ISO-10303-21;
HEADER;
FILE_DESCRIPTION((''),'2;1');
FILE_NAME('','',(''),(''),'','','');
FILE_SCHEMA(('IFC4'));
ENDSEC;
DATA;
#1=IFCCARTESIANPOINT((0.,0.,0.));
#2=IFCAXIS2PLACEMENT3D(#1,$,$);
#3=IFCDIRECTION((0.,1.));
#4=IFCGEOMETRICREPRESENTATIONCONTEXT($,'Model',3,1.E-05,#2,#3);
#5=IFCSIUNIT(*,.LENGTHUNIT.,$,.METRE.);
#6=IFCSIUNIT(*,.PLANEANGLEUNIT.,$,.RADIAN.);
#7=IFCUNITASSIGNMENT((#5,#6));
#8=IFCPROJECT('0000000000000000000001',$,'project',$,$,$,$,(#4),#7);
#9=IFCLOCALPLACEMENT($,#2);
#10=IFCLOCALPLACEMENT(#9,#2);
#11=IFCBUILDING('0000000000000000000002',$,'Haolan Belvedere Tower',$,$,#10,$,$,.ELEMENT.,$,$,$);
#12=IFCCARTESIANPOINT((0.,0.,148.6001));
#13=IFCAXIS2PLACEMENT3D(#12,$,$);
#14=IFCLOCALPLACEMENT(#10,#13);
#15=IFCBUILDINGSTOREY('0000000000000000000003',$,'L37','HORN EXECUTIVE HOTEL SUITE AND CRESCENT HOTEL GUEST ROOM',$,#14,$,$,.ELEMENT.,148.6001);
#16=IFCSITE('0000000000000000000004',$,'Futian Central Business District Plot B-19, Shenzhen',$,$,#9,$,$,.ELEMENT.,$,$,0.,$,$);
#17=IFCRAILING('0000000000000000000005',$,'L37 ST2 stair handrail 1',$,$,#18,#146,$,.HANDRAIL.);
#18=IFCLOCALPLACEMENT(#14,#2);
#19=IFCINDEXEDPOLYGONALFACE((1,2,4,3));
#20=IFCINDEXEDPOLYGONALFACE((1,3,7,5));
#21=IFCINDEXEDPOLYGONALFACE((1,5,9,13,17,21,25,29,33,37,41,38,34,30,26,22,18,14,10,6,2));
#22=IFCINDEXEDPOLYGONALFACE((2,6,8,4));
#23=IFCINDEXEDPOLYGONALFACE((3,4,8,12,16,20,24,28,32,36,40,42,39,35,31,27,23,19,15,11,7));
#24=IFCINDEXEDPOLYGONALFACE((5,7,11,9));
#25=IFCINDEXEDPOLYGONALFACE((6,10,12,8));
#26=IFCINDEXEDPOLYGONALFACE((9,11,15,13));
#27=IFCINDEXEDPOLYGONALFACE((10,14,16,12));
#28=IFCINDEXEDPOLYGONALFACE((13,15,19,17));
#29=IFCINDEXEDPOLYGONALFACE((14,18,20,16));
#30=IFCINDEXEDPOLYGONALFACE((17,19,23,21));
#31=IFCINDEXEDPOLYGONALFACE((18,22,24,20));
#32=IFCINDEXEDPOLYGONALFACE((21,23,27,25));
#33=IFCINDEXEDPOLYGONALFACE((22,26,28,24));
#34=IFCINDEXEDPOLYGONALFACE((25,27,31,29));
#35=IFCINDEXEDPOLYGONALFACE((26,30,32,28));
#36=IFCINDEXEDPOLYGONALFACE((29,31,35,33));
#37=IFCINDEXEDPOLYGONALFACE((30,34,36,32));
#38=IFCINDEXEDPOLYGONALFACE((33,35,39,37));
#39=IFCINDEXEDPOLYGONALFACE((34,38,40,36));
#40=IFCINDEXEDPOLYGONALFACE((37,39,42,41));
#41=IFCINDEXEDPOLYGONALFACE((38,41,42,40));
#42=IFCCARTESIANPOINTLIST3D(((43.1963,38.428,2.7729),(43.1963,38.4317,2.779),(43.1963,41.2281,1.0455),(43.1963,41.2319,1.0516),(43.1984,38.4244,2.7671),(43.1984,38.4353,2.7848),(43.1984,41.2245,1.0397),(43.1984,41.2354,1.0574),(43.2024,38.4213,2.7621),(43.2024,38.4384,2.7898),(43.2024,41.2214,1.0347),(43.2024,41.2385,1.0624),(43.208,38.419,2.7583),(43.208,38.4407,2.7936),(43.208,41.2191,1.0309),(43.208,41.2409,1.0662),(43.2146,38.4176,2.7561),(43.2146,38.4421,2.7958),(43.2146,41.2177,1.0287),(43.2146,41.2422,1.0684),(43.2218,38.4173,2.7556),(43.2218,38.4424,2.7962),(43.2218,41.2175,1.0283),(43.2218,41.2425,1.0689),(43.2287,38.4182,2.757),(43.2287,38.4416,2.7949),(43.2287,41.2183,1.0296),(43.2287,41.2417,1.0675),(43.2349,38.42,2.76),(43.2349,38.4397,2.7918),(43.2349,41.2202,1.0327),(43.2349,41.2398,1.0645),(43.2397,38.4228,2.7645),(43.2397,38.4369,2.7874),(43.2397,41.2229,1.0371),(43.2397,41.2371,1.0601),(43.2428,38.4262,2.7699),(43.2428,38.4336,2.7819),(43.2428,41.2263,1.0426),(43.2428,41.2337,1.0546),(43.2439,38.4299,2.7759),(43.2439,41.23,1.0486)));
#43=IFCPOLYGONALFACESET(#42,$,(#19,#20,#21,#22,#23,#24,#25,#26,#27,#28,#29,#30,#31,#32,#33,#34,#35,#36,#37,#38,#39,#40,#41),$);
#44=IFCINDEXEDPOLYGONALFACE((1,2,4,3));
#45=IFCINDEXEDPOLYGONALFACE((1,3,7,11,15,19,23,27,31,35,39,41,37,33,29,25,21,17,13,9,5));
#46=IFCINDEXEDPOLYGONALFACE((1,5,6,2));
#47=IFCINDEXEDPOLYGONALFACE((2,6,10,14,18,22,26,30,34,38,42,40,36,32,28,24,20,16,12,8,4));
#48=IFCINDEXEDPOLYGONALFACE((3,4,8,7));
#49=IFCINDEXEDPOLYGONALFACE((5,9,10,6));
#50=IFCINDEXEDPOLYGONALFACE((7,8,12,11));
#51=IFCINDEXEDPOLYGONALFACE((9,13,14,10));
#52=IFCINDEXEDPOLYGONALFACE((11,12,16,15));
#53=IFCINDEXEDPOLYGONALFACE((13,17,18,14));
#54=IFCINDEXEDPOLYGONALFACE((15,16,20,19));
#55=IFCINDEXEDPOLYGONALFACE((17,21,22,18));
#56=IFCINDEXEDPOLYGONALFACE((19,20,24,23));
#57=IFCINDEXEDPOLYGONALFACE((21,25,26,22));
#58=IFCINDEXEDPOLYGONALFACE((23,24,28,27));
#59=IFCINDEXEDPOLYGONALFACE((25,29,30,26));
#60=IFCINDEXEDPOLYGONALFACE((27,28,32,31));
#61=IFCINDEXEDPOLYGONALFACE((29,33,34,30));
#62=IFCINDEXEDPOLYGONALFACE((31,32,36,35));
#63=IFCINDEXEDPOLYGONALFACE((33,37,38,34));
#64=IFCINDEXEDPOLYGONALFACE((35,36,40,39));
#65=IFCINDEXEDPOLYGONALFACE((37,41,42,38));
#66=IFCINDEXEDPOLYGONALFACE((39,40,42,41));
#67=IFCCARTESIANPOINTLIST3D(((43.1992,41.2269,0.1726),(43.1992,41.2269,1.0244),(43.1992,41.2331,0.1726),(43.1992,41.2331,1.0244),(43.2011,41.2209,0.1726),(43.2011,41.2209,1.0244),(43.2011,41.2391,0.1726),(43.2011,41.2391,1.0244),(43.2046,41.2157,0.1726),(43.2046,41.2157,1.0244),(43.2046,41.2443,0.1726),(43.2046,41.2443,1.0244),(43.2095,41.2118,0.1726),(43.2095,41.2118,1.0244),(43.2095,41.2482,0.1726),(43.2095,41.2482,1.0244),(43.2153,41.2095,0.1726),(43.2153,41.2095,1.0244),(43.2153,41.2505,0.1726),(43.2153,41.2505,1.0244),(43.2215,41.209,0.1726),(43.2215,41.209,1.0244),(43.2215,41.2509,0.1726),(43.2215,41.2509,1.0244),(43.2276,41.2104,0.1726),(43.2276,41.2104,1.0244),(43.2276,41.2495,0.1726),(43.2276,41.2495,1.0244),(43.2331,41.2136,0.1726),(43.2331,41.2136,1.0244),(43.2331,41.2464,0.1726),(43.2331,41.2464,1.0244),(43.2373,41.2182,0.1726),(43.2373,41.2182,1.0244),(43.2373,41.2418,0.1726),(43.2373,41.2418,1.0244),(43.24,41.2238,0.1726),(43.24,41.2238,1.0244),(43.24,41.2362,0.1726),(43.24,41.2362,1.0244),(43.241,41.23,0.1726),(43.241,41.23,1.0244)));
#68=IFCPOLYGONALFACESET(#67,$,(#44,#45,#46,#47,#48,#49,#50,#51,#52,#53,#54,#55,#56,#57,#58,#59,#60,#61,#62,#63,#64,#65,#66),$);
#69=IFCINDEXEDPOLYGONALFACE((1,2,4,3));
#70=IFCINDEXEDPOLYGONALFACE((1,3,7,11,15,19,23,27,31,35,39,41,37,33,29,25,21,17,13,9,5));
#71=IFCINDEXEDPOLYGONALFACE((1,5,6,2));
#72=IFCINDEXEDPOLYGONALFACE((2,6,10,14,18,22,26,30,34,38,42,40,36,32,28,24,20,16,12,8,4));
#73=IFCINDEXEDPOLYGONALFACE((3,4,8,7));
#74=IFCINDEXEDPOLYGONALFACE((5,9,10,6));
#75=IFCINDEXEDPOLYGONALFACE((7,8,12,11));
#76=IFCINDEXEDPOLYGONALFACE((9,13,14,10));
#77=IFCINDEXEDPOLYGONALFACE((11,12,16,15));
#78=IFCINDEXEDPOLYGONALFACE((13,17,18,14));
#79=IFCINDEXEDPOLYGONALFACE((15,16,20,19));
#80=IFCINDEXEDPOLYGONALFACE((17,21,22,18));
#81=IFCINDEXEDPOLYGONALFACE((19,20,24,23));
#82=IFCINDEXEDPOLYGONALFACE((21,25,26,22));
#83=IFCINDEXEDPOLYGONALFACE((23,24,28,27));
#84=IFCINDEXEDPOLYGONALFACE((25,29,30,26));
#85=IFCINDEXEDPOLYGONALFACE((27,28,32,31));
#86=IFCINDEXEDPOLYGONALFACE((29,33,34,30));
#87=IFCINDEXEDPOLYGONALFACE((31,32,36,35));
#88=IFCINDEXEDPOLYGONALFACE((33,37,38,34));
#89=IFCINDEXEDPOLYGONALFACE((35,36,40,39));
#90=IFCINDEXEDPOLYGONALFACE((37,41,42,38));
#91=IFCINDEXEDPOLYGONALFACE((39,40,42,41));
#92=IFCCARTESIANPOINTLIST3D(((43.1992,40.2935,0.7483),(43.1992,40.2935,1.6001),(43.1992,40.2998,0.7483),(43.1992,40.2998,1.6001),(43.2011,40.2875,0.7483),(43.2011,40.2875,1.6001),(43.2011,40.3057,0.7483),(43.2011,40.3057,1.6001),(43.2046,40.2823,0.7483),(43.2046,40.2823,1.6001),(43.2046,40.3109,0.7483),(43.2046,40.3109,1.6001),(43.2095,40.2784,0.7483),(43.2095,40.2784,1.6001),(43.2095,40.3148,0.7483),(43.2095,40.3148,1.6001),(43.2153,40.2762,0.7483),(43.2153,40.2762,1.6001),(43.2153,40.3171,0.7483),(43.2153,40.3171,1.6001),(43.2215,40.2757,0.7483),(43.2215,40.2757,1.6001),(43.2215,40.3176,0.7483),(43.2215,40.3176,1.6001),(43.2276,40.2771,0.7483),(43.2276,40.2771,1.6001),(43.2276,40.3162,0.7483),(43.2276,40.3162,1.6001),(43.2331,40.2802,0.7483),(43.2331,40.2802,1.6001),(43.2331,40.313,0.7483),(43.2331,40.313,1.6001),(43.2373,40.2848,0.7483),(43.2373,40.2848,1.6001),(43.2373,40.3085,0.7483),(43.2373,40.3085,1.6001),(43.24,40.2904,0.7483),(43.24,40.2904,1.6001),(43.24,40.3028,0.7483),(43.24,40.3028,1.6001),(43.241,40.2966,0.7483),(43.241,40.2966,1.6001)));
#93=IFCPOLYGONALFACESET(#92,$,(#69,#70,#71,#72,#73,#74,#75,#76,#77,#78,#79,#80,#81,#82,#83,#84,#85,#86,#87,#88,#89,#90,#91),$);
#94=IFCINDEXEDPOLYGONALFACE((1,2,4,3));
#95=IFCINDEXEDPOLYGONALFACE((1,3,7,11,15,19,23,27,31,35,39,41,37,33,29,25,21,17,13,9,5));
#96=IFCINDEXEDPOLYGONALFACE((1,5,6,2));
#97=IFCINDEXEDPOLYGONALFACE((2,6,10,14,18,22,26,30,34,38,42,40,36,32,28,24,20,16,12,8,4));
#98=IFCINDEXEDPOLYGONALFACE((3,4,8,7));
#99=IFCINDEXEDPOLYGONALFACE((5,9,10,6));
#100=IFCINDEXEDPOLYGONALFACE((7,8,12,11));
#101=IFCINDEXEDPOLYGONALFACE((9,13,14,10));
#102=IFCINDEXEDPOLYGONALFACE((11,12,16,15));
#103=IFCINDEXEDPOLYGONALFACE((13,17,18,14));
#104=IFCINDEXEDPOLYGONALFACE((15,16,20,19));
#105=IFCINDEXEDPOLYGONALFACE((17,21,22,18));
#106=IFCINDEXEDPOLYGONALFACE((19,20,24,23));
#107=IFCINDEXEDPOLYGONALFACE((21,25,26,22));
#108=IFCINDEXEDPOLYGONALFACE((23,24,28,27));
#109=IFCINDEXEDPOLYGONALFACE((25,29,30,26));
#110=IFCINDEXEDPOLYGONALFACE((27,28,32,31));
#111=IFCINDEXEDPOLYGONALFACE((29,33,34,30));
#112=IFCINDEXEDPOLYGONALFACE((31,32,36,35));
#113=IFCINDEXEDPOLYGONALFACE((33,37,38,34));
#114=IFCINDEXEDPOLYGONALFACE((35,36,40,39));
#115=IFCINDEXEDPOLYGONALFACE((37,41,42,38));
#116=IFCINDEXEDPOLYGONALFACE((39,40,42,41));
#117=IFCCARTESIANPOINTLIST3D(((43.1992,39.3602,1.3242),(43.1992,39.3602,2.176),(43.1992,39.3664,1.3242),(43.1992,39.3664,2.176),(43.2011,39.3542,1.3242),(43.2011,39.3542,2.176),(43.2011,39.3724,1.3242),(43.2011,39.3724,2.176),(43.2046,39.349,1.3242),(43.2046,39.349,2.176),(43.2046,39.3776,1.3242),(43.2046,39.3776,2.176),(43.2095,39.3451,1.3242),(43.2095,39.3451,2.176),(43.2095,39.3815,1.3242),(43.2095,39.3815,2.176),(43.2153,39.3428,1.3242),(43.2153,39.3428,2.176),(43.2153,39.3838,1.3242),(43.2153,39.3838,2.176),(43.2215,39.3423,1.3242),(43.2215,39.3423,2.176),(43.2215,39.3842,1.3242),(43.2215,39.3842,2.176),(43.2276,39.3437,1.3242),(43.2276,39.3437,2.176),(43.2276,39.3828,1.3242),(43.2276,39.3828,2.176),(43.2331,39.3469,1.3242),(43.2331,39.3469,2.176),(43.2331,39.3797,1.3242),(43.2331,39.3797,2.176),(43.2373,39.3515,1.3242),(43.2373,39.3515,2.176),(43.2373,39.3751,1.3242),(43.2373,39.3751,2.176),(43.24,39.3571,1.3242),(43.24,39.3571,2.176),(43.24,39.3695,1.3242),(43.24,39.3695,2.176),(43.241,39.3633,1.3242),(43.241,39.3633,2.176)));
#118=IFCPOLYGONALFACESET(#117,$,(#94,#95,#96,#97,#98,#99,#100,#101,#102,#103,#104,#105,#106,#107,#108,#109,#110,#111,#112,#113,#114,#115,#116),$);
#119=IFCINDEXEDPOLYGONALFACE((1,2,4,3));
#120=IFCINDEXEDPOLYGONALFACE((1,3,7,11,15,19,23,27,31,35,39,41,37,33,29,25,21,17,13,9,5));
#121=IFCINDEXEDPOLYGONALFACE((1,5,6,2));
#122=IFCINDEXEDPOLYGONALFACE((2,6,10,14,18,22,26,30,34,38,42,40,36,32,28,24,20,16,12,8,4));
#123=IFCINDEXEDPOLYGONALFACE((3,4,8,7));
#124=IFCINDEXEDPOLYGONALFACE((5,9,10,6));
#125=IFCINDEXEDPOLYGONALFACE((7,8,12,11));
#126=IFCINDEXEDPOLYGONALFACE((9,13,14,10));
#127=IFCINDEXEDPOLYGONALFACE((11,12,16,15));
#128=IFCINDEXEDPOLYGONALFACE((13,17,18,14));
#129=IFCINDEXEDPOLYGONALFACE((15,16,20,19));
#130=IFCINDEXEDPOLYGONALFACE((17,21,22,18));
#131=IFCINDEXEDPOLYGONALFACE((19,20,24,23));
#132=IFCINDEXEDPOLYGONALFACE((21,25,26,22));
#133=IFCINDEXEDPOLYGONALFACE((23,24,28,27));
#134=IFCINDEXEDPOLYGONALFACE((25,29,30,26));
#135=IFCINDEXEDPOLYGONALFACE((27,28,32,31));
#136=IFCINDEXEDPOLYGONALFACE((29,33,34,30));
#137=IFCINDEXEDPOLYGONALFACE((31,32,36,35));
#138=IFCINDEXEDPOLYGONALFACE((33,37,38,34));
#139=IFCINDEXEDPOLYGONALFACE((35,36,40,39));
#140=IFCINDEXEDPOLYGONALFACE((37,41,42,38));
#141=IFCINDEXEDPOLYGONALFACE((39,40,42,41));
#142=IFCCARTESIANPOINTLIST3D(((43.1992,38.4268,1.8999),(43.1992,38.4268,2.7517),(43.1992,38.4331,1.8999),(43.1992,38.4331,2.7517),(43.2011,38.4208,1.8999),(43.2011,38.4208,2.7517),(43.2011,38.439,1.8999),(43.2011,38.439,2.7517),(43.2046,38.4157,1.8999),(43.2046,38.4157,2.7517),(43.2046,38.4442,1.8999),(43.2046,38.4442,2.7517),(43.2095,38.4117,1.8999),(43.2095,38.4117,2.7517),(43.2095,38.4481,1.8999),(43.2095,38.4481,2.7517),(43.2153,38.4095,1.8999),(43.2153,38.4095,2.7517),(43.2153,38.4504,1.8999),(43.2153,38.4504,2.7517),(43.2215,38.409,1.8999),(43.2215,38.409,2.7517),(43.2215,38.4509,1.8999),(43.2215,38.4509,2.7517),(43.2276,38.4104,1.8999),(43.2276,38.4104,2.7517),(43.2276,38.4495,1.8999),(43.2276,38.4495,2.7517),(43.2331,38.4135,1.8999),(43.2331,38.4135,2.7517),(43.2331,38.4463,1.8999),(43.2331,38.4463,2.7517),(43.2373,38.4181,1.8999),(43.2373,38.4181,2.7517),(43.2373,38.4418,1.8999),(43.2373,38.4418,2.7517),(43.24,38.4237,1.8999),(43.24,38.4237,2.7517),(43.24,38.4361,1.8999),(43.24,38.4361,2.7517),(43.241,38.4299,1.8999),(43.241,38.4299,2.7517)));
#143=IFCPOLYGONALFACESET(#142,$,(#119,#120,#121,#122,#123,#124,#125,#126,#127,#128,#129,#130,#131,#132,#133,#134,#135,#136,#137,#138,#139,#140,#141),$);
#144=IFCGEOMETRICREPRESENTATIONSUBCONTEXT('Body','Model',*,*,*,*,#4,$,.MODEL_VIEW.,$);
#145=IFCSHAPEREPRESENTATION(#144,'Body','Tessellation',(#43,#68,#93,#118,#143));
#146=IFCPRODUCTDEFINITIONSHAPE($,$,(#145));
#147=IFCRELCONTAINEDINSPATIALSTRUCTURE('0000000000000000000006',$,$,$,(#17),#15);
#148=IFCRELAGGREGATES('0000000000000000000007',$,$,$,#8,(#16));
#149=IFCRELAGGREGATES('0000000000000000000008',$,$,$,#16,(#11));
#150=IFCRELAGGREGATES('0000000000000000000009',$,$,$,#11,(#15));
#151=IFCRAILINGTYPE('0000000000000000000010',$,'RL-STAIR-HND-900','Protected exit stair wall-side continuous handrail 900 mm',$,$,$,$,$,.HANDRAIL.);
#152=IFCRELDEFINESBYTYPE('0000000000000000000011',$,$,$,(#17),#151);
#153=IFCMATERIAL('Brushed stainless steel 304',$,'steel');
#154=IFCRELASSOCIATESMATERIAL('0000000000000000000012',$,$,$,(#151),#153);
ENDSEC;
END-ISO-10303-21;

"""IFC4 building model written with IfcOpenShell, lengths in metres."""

from ifc_helpers import new_model, si_unit, direction, frame, origin, origin_2d, place, context, subcontext, project, spatial, circle, extrude, material, type_object, element, save


model = new_model("IFC4")

# Units and contexts
model_context = context("Model", 3, precision=1e-05, world=origin(), true_north=direction((0.0, 1.0)))
body_context = subcontext(model_context, "Body", "Model", "MODEL_VIEW")
ifc_project = project(units=[si_unit("LENGTHUNIT", "METRE"), si_unit("PLANEANGLEUNIT", "RADIAN")], contexts=[model_context])

# Site, building, storey
site_placement = place(None, origin())
site = spatial("IfcSite", under=ifc_project, at=site_placement, Name="Futian Central Business District Plot B-19, Shenzhen", CompositionType="ELEMENT", RefElevation=0.0)
building_placement = place(site_placement, origin())
building = spatial("IfcBuilding", under=site, at=building_placement, Name="Haolan Belvedere Tower", CompositionType="ELEMENT")
storey_placement = place(building_placement, frame((0.0, 0.0, 148.6001)))
storey = spatial("IfcBuildingStorey", under=building, at=storey_placement, Name="L37", Description="HORN EXECUTIVE HOTEL SUITE AND CRESCENT HOTEL GUEST ROOM", CompositionType="ELEMENT", Elevation=148.6001)

# Railing
ifc_material_1 = material(Name="Brushed stainless steel 304", Category="steel")
railing_type_1 = type_object("IfcRailingType", Name="RL-STAIR-HND-900", Description="Protected exit stair wall-side continuous handrail 900 mm", PredefinedType="HANDRAIL", material=ifc_material_1)
railing_1_placement = place(storey_placement, frame((43.22, 41.23, 0.1726)))
element("IfcRailing", 1, at=railing_1_placement, inside=storey, type_object=railing_type_1, Name="L37 ST2 stair handrail 1", PredefinedType="HANDRAIL", context=body_context, shape_type="SweptSolid", body=[
    extrude(circle(Radius=0.0239, at=origin_2d()), frame((0.0, 0.0, 0.876), z_axis=(0.0, -0.85109, 0.52502), x_axis=(1.0, 0.0, 0.0)), (0.0, 0.0, 1.0), 3.29),
    extrude(circle(Radius=0.021, at=origin_2d()), origin(), (0.0, 0.0, 1.0), 0.8518),
    extrude(circle(Radius=0.021, at=origin_2d()), frame((0.0, -0.9333, 0.5757)), (0.0, 0.0, 1.0), 0.8518),
    extrude(circle(Radius=0.021, at=origin_2d()), frame((0.0, -1.8667, 1.1516)), (0.0, 0.0, 1.0), 0.8518),
    extrude(circle(Radius=0.021, at=origin_2d()), frame((0.0, -2.8, 1.7273)), (0.0, 0.0, 1.0), 0.8518),
])

save(model, "model.ifc")
